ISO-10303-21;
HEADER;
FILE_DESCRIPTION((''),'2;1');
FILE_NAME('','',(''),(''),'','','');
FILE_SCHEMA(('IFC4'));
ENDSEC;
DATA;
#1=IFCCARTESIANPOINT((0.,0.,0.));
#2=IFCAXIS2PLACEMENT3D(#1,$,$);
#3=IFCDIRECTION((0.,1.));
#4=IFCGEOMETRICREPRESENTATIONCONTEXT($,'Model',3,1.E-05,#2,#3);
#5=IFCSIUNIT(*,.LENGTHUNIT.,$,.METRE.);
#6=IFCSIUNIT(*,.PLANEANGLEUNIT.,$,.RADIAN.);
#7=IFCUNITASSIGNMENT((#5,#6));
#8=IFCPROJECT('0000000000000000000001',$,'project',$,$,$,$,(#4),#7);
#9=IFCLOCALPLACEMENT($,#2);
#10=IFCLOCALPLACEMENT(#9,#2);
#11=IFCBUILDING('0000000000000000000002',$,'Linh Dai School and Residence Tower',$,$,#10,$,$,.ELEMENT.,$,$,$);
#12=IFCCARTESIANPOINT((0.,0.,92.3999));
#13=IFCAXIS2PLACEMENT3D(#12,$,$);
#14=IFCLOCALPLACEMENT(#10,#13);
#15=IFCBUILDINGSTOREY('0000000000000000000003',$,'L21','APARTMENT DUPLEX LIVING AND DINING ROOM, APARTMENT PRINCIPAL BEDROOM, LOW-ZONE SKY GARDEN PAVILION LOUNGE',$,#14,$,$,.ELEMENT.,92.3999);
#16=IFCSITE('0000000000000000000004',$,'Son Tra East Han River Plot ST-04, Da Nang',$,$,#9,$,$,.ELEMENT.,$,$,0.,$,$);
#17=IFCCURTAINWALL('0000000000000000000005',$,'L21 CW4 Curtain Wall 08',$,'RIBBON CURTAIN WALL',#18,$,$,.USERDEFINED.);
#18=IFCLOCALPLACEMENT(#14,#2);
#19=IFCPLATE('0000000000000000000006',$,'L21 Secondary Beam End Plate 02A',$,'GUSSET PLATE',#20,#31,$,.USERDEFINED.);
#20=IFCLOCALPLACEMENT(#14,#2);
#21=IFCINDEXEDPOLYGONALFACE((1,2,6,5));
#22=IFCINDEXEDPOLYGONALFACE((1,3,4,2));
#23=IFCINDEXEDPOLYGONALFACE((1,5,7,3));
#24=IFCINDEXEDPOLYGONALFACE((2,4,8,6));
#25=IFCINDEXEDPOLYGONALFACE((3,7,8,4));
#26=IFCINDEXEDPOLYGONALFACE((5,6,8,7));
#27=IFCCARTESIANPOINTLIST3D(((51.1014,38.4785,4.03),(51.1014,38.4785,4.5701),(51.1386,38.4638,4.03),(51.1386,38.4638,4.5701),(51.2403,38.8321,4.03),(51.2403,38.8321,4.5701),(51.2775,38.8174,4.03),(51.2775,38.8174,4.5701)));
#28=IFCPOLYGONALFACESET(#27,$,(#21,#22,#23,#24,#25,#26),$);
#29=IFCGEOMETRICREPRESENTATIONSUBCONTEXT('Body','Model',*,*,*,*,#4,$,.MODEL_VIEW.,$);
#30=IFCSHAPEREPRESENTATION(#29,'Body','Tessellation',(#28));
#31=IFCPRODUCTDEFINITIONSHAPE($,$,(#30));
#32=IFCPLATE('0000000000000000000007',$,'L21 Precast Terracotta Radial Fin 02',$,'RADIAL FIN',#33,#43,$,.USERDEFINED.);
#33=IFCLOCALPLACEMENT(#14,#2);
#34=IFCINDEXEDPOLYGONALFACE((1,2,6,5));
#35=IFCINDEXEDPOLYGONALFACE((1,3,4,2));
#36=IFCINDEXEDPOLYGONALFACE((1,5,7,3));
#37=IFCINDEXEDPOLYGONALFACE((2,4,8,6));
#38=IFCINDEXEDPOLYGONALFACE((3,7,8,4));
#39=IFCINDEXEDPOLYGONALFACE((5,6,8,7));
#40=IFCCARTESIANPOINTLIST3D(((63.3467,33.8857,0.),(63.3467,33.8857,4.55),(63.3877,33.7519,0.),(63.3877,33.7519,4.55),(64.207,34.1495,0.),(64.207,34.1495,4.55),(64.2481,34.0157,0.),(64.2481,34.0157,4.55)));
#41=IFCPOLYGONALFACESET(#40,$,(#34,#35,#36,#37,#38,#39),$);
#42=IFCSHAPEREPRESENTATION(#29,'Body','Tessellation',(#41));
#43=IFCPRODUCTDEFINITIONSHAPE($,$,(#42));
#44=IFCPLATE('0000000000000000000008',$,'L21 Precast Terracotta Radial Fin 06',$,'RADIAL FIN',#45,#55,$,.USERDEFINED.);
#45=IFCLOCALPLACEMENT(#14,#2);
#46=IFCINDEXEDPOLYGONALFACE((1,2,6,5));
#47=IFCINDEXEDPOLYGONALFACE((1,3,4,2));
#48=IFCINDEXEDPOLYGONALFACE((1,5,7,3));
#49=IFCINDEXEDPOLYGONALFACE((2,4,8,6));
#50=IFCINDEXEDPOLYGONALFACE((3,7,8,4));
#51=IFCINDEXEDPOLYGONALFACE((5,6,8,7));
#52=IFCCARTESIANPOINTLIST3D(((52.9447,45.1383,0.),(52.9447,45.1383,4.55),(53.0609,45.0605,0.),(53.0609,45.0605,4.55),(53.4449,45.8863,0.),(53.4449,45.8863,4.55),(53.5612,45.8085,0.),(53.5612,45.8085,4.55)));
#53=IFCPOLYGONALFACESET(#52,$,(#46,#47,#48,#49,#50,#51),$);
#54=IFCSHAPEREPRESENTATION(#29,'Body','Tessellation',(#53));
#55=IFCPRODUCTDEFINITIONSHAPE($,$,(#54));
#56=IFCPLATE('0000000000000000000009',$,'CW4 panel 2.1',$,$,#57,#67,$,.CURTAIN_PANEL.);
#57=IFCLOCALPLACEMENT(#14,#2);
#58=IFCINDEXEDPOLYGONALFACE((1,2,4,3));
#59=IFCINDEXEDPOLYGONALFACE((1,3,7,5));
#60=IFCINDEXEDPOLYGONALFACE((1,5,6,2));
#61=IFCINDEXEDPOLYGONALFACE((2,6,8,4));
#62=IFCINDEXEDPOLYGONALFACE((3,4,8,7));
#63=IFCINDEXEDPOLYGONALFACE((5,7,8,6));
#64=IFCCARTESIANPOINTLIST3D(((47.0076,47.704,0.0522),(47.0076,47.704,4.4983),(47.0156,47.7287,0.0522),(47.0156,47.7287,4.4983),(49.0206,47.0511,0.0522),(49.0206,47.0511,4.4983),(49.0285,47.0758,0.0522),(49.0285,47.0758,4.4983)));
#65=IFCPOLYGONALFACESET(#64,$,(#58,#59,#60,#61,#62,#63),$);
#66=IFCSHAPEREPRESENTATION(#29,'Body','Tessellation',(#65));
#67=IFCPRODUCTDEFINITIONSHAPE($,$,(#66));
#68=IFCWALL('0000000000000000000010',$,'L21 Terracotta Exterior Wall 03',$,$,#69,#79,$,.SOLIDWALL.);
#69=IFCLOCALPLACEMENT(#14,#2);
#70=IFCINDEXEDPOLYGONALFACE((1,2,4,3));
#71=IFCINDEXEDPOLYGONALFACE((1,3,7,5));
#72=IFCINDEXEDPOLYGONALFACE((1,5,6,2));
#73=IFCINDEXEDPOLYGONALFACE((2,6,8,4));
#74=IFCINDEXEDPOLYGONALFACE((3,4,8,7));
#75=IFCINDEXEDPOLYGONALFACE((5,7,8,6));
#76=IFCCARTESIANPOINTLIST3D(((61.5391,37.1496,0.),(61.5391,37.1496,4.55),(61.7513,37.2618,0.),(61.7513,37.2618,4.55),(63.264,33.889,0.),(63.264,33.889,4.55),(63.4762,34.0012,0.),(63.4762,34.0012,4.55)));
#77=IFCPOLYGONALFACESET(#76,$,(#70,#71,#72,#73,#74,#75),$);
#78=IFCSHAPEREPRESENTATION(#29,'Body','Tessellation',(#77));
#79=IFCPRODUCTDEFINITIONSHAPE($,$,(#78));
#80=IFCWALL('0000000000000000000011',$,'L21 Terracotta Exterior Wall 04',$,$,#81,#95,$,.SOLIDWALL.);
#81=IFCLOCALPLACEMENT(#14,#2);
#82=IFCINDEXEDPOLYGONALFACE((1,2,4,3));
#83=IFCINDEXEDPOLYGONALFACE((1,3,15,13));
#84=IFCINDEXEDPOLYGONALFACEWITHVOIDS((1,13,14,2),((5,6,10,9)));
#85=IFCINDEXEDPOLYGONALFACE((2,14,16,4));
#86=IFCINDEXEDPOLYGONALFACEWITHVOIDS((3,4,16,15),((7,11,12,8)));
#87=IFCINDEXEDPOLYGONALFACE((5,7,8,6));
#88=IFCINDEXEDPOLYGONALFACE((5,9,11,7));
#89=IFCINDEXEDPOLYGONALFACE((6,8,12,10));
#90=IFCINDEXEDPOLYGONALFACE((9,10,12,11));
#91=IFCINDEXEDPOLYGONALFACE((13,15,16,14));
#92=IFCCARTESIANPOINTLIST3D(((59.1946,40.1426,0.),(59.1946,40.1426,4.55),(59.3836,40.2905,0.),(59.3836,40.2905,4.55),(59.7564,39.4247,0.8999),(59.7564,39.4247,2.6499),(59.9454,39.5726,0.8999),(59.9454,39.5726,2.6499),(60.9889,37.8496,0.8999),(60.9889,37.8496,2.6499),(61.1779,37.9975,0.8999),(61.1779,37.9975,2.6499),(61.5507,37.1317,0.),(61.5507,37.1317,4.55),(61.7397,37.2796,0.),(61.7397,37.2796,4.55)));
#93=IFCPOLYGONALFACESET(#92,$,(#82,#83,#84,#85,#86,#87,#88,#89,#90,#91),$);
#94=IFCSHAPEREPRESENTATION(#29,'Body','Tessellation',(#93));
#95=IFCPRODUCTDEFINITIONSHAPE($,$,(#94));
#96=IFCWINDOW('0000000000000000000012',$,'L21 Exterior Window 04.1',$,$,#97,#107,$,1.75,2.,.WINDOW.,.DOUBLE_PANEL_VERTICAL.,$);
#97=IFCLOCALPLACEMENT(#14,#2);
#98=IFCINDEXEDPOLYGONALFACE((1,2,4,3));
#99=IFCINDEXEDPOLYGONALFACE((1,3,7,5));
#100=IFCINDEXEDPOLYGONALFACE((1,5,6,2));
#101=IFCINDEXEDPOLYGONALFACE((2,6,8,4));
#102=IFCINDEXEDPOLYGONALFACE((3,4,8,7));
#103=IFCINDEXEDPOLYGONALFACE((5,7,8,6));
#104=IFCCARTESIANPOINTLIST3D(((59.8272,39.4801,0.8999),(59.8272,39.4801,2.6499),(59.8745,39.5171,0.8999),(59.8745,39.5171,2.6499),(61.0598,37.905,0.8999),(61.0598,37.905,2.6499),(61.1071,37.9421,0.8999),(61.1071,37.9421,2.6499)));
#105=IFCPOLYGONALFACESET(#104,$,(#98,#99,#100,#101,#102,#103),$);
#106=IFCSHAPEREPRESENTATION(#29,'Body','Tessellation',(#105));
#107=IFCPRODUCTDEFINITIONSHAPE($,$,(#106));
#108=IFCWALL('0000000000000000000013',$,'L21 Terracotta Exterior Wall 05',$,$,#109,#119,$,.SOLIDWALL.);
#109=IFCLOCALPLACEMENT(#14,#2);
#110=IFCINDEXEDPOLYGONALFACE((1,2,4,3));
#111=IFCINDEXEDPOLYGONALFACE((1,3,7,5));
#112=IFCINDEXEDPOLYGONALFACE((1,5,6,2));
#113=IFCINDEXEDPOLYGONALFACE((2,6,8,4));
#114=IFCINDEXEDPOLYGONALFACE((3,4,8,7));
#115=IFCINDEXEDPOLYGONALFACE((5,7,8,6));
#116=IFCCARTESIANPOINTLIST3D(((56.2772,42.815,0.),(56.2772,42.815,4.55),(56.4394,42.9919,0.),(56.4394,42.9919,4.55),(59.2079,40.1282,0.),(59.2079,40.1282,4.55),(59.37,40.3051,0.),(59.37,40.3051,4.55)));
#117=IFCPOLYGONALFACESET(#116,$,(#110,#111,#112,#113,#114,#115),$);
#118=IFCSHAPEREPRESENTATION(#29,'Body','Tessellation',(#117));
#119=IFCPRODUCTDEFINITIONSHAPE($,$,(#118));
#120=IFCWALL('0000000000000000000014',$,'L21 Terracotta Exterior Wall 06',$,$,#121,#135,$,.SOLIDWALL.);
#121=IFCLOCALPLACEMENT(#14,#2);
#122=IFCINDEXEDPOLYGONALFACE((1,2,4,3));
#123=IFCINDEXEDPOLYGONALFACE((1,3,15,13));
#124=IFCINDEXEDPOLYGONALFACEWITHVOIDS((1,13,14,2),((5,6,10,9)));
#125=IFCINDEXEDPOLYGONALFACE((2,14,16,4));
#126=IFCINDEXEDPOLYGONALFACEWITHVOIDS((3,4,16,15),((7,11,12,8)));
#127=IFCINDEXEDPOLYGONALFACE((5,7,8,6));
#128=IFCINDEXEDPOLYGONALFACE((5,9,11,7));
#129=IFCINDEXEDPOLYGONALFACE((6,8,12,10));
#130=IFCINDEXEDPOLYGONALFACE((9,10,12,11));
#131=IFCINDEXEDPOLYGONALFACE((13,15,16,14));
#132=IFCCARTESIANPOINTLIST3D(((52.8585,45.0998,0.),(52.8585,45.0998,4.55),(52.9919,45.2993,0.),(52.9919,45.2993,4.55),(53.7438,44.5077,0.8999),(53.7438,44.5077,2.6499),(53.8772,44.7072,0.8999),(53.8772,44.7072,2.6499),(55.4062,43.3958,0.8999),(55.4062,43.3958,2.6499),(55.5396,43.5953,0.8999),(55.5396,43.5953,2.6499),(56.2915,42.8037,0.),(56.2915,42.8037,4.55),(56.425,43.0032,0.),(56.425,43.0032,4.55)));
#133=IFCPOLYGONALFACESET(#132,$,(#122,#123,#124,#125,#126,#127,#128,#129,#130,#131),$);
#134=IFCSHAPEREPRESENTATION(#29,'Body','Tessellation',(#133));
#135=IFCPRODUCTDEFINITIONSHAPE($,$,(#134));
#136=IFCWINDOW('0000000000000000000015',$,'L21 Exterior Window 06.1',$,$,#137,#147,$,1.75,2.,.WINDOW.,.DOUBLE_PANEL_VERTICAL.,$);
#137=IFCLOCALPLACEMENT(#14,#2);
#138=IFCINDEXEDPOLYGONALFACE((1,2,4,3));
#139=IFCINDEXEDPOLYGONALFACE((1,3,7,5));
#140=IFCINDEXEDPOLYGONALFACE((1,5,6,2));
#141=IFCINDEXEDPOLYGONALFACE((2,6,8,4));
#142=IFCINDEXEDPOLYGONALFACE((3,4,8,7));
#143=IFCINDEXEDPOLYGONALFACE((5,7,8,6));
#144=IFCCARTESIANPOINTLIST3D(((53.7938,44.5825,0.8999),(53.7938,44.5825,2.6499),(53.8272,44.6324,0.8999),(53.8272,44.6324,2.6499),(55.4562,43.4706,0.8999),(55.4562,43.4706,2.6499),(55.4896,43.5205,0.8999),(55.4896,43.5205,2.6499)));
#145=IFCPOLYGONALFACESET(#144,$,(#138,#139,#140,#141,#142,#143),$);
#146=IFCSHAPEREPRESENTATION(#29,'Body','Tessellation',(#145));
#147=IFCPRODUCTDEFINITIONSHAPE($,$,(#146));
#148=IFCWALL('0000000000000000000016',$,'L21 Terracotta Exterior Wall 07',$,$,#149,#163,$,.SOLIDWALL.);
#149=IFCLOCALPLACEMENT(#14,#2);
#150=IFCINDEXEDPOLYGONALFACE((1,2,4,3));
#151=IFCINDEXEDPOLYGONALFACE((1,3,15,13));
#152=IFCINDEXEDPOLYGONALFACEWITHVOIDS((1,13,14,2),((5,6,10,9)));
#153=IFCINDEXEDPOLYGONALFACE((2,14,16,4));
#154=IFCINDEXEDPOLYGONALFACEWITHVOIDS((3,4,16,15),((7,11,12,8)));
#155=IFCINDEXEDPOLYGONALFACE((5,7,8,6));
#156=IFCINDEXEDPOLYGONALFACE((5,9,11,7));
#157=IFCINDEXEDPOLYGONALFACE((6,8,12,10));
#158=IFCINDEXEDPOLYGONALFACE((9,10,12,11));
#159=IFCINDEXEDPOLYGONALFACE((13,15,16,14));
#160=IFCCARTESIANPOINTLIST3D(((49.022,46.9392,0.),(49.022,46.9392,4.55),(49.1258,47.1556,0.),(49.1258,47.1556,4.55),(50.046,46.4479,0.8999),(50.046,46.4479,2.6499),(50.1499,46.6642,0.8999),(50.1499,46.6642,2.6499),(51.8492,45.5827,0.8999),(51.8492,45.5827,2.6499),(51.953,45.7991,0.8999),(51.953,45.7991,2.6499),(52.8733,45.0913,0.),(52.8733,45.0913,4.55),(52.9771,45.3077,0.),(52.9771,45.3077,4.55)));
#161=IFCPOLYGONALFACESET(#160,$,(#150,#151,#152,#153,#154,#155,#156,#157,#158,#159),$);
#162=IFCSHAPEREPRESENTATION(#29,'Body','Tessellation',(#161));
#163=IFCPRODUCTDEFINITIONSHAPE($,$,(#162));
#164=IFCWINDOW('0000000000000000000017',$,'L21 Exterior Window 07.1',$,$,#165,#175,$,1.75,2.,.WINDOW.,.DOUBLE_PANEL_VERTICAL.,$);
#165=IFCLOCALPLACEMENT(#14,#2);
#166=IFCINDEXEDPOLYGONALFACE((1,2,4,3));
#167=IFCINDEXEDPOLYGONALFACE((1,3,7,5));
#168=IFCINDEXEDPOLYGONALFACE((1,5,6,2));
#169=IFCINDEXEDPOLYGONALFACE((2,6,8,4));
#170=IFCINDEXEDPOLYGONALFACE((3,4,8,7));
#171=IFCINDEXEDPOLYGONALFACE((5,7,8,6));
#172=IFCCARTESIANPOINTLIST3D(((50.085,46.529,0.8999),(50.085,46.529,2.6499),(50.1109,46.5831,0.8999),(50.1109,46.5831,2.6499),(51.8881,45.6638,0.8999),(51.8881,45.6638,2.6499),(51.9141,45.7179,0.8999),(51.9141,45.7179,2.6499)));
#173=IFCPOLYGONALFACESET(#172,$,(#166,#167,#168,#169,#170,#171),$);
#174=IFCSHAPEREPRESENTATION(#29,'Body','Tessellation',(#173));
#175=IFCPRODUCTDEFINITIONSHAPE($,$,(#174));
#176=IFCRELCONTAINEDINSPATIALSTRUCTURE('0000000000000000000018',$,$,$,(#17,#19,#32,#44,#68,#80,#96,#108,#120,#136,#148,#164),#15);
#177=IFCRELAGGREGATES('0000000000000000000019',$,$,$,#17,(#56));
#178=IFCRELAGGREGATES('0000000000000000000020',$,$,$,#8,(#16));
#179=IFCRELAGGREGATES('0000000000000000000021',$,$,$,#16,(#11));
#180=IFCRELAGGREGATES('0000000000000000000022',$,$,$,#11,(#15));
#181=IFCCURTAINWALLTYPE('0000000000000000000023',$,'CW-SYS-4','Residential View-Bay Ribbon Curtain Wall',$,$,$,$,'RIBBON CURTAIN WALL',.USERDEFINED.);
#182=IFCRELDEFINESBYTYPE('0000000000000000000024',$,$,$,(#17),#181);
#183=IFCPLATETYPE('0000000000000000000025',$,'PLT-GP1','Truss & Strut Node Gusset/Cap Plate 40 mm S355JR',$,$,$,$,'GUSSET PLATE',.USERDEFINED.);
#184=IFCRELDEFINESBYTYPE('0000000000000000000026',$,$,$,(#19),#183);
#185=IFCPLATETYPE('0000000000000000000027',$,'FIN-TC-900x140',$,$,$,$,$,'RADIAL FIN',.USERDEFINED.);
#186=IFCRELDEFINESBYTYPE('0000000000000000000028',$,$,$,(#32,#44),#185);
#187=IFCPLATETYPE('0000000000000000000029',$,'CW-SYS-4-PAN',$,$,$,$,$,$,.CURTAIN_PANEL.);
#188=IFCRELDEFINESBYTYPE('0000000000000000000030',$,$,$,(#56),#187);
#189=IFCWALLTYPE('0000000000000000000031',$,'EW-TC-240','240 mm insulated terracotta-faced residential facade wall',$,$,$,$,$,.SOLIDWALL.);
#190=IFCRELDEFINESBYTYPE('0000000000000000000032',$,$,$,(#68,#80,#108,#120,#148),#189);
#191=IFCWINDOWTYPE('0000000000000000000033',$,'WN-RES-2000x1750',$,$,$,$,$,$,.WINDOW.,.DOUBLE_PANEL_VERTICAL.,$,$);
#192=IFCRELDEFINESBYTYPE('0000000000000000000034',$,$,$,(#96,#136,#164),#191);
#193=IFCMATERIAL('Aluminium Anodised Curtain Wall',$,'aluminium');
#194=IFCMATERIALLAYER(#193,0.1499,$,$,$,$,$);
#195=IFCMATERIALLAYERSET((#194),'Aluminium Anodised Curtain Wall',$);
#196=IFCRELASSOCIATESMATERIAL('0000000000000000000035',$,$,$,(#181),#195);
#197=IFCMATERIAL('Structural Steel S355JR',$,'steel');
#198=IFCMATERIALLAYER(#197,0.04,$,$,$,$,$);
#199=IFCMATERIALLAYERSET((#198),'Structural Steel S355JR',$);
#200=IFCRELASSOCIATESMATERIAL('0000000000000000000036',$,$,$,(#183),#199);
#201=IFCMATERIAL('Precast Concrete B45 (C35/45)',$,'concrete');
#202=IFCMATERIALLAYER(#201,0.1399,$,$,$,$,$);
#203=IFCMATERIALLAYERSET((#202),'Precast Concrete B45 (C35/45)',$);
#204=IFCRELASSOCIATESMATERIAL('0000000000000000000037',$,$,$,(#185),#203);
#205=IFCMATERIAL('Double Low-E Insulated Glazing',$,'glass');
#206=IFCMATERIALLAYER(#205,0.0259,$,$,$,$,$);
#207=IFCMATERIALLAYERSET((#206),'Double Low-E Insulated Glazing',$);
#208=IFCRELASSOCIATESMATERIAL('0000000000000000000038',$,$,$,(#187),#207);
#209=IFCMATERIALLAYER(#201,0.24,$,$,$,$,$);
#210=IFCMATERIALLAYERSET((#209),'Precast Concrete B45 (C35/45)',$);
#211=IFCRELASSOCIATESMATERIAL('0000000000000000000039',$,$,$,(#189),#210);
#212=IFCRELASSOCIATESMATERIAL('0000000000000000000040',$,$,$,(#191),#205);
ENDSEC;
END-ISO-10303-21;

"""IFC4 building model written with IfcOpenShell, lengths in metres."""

from ifc_helpers import new_model, si_unit, direction, frame, frame_2d, origin, origin_2d, place, context, subcontext, project, spatial, rectangle, extrude, source, transform, mapped, material, layer, layer_set, type_object, element, fill, aggregate, save


model = new_model("IFC4")

# Units and contexts
model_context = context("Model", 3, precision=1e-05, world=origin(), true_north=direction((0.0, 1.0)))
body_context = subcontext(model_context, "Body", "Model", "MODEL_VIEW")
ifc_project = project(units=[si_unit("LENGTHUNIT", "METRE"), si_unit("PLANEANGLEUNIT", "RADIAN")], contexts=[model_context])

# Site, building, storey
site_placement = place(None, origin())
site = spatial("IfcSite", under=ifc_project, at=site_placement, Name="Son Tra East Han River Plot ST-04, Da Nang", CompositionType="ELEMENT", RefElevation=0.0)
building_placement = place(site_placement, origin())
building = spatial("IfcBuilding", under=site, at=building_placement, Name="Linh Dai School and Residence Tower", CompositionType="ELEMENT")
storey_placement = place(building_placement, frame((0.0, 0.0, 92.3999)))
storey = spatial("IfcBuildingStorey", under=building, at=storey_placement, Name="L21", Description="APARTMENT DUPLEX LIVING AND DINING ROOM, APARTMENT PRINCIPAL BEDROOM, LOW-ZONE SKY GARDEN PAVILION LOUNGE", CompositionType="ELEMENT", Elevation=92.3999)

# Shared definitions
ifc_material_1 = material(Name="Structural Steel S355JR", Category="steel")

# Curtain wall
ifc_material_2 = material(Name="Aluminium Anodised Curtain Wall", Category="aluminium")
ifc_layer_1 = layer(ifc_material_2, 0.1499)
ifc_layer_set_1 = layer_set([ifc_layer_1], Name="Aluminium Anodised Curtain Wall")
curtain_wall_type = type_object("IfcCurtainWallType", Name="CW-SYS-4", Description="Residential View-Bay Ribbon Curtain Wall", ElementType="RIBBON CURTAIN WALL", PredefinedType="USERDEFINED", material=ifc_layer_set_1)
curtain_wall_placement = place(storey_placement, origin())
curtain_wall = element("IfcCurtainWall", 1, at=curtain_wall_placement, inside=storey, type_object=curtain_wall_type, Name="L21 CW4 Curtain Wall 08", ObjectType="RIBBON CURTAIN WALL", PredefinedType="USERDEFINED")

# Plates
ifc_layer_2 = layer(ifc_material_1, 0.04)
ifc_layer_set_2 = layer_set([ifc_layer_2], Name="Structural Steel S355JR")
plate_type_1 = type_object("IfcPlateType", Name="PLT-GP1", Description="Truss & Strut Node Gusset/Cap Plate 40 mm S355JR", ElementType="GUSSET PLATE", PredefinedType="USERDEFINED", material=ifc_layer_set_2)
shared_shape_1 = source(origin(), body_context, "Body", "SweptSolid", [
    extrude(rectangle(XDim=0.04, YDim=0.3799, at=origin_2d()), origin(), (0.0, 0.0, 1.0), 0.54),
])
plate_1_placement = place(storey_placement, frame((51.1895, 38.6479, 4.03), z_axis=(0.0, 0.0, 1.0), x_axis=(-0.930752, 0.36565, 0.0)))
element("IfcPlate", 2, at=plate_1_placement, inside=storey, type_object=plate_type_1, Name="L21 Secondary Beam End Plate 02A", ObjectType="GUSSET PLATE", PredefinedType="USERDEFINED", context=body_context, shape_type="MappedRepresentation", body=[
    mapped(shared_shape_1, transform((0.0, 0.0, 0.0), x_axis=(1.0, 0.0, 0.0), y_axis=(0.0, 1.0, 0.0), z_axis=(0.0, 0.0, 1.0), scale=1.0)),
])
ifc_material_3 = material(Name="Precast Concrete B45 (C35/45)", Category="concrete")
ifc_layer_3 = layer(ifc_material_3, 0.1399)
ifc_layer_set_3 = layer_set([ifc_layer_3], Name="Precast Concrete B45 (C35/45)")
plate_type_2 = type_object("IfcPlateType", Name="FIN-TC-900x140", ElementType="RADIAL FIN", PredefinedType="USERDEFINED", material=ifc_layer_set_3)
shared_shape_2 = source(origin(), body_context, "Body", "SweptSolid", [
    extrude(rectangle(XDim=0.8999, YDim=0.1399, at=origin_2d()), origin(), (0.0, 0.0, 1.0), 4.55),
])
for number, where, z_axis, x_axis, name in (
    (3, (63.7974, 33.9507, 0.0), (0.0, 0.0, 1.0), (0.956072, 0.293134, 0.0), "L21 Precast Terracotta Radial Fin 02"),
    (4, (53.2529, 45.4734, 0.0), (0.0, 0.0, 1.0), (0.555913, 0.83124, 0.0), "L21 Precast Terracotta Radial Fin 06"),
):
    element("IfcPlate", number, at=place(storey_placement, frame(where, z_axis=z_axis, x_axis=x_axis)), inside=storey, type_object=plate_type_2, Name=name, ObjectType="RADIAL FIN", PredefinedType="USERDEFINED", context=body_context, shape_type="MappedRepresentation", body=[
        mapped(shared_shape_2, transform((0.0, 0.0, 0.0), x_axis=(1.0, 0.0, 0.0), y_axis=(0.0, 1.0, 0.0), z_axis=(0.0, 0.0, 1.0), scale=1.0)),
    ])

# Plate
ifc_material_4 = material(Name="Double Low-E Insulated Glazing", Category="glass")
ifc_layer_4 = layer(ifc_material_4, 0.0259)
ifc_layer_set_4 = layer_set([ifc_layer_4], Name="Double Low-E Insulated Glazing")
plate_type_3 = type_object("IfcPlateType", Name="CW-SYS-4-PAN", PredefinedType="CURTAIN_PANEL", material=ifc_layer_set_4)
shared_shape_3 = source(origin(), body_context, "Body", "SweptSolid", [
    extrude(rectangle(XDim=2.1162, YDim=0.0259, at=origin_2d()), origin(), (0.0, 0.0, 1.0), 4.446),
])
plate_2_placement = place(storey_placement, frame((48.0181, 47.3899, 0.0522), z_axis=(0.0, 0.0, 1.0), x_axis=(0.951217, -0.308522, 0.0)))
plate_2 = element("IfcPlate", 5, at=plate_2_placement, type_object=plate_type_3, Name="CW4 panel 2.1", PredefinedType="CURTAIN_PANEL", context=body_context, shape_type="MappedRepresentation", body=[
    mapped(shared_shape_3, transform((0.0, 0.0, 0.0), x_axis=(1.0, 0.0, 0.0), y_axis=(0.0, 1.0, 0.0), z_axis=(0.0, 0.0, 1.0), scale=1.0)),
])
aggregate(curtain_wall, [plate_2])

# Wall
ifc_layer_5 = layer(ifc_material_3, 0.24)
ifc_layer_set_5 = layer_set([ifc_layer_5], Name="Precast Concrete B45 (C35/45)")
wall_type_1 = type_object("IfcWallType", Name="EW-TC-240", Description="240 mm insulated terracotta-faced residential facade wall", PredefinedType="SOLIDWALL", material=ifc_layer_set_5)
wall_1_placement = place(storey_placement, frame((61.6453, 37.2056, 0.0), z_axis=(0.0, 0.0, 1.0), x_axis=(0.467614, -0.883933, 0.0)))
element("IfcWall", 6, at=wall_1_placement, inside=storey, type_object=wall_type_1, Name="L21 Terracotta Exterior Wall 03", PredefinedType="SOLIDWALL", context=body_context, shape_type="SweptSolid", body=[
    extrude(rectangle(XDim=3.6887, YDim=0.24, at=frame_2d((1.8442, 0.0))), origin(), (0.0, 0.0, 1.0), 4.55),
])

# Wall, opening, window
wall_2_placement = place(storey_placement, frame((59.2891, 40.2166, 0.0), z_axis=(0.0, 0.0, 1.0), x_axis=(0.616272, -0.787533, 0.0)))
wall_2 = element("IfcWall", 7, at=wall_2_placement, inside=storey, type_object=wall_type_1, Name="L21 Terracotta Exterior Wall 04", PredefinedType="SOLIDWALL", context=body_context, shape_type="SweptSolid", body=[
    extrude(rectangle(XDim=3.8232, YDim=0.24, at=frame_2d((1.9116, 0.0))), origin(), (0.0, 0.0, 1.0), 4.55),
])
opening_1_placement = place(wall_2_placement, frame((0.9116, 0.0, 0.8999)))
opening_1 = element("IfcOpeningElement", 8, at=opening_1_placement, cuts=wall_2, PredefinedType="OPENING", context=body_context, shape_type="SweptSolid", body=[
    extrude(rectangle(XDim=2.0, YDim=1.75, at=origin_2d()), frame((1.0, 0.1299, 0.875), z_axis=(0.0, -1.0, 0.0), x_axis=(1.0, 0.0, 0.0)), (0.0, 0.0, 1.0), 0.26),
])
window_type = type_object("IfcWindowType", Name="WN-RES-2000x1750", PartitioningType="DOUBLE_PANEL_VERTICAL", PredefinedType="WINDOW", material=ifc_material_4)
shared_shape_4 = source(origin(), body_context, "Body", "SweptSolid", [
    extrude(rectangle(XDim=2.0, YDim=1.75, at=origin_2d()), frame((1.0, 0.03, 0.875), z_axis=(0.0, -1.0, 0.0), x_axis=(1.0, 0.0, 0.0)), (0.0, 0.0, 1.0), 0.0601),
])
window_1_placement = place(opening_1_placement, origin())
window_1 = element("IfcWindow", 9, at=window_1_placement, inside=storey, type_object=window_type, Name="L21 Exterior Window 04.1", OverallHeight=1.75, OverallWidth=2.0, PartitioningType="DOUBLE_PANEL_VERTICAL", PredefinedType="WINDOW", context=body_context, shape_type="MappedRepresentation", body=[
    mapped(shared_shape_4, transform((0.0, 0.0, 0.0), x_axis=(1.0, 0.0, 0.0), y_axis=(0.0, 1.0, 0.0), z_axis=(0.0, 0.0, 1.0), scale=1.0)),
])
fill(opening_1, window_1)

# Wall
wall_3_placement = place(storey_placement, frame((56.3584, 42.9033, 0.0), z_axis=(0.0, 0.0, 1.0), x_axis=(0.737113, -0.675769, 0.0)))
element("IfcWall", 10, at=wall_3_placement, inside=storey, type_object=wall_type_1, Name="L21 Terracotta Exterior Wall 05", PredefinedType="SOLIDWALL", context=body_context, shape_type="SweptSolid", body=[
    extrude(rectangle(XDim=3.9758, YDim=0.24, at=frame_2d((1.9878, 0.0))), origin(), (0.0, 0.0, 1.0), 4.55),
])

# Walls, openings, windows
wall_4_placement = place(storey_placement, frame((52.9253, 45.1995, 0.0), z_axis=(0.0, 0.0, 1.0), x_axis=(0.831222, -0.555941, 0.0)))
wall_4 = element("IfcWall", 11, at=wall_4_placement, inside=storey, type_object=wall_type_1, Name="L21 Terracotta Exterior Wall 06", PredefinedType="SOLIDWALL", context=body_context, shape_type="SweptSolid", body=[
    extrude(rectangle(XDim=4.1301, YDim=0.24, at=frame_2d((2.0649, 0.0))), origin(), (0.0, 0.0, 1.0), 4.55),
])
opening_2_placement = place(wall_4_placement, frame((1.0649, 0.0, 0.8999)))
opening_2 = element("IfcOpeningElement", 12, at=opening_2_placement, cuts=wall_4, PredefinedType="OPENING", context=body_context, shape_type="SweptSolid", body=[
    extrude(rectangle(XDim=2.0, YDim=1.75, at=origin_2d()), frame((1.0, 0.1299, 0.875), z_axis=(0.0, -1.0, 0.0), x_axis=(1.0, 0.0, 0.0)), (0.0, 0.0, 1.0), 0.26),
])
window_2_placement = place(opening_2_placement, origin())
window_2 = element("IfcWindow", 13, at=window_2_placement, inside=storey, type_object=window_type, Name="L21 Exterior Window 06.1", OverallHeight=1.75, OverallWidth=2.0, PartitioningType="DOUBLE_PANEL_VERTICAL", PredefinedType="WINDOW", context=body_context, shape_type="MappedRepresentation", body=[
    mapped(shared_shape_4, transform((0.0, 0.0, 0.0), x_axis=(1.0, 0.0, 0.0), y_axis=(0.0, 1.0, 0.0), z_axis=(0.0, 0.0, 1.0), scale=1.0)),
])
fill(opening_2, window_2)
wall_5_placement = place(storey_placement, frame((49.074, 47.0474, 0.0), z_axis=(0.0, 0.0, 1.0), x_axis=(0.90159, -0.432592, 0.0)))
wall_5 = element("IfcWall", 14, at=wall_5_placement, inside=storey, type_object=wall_type_1, Name="L21 Terracotta Exterior Wall 07", PredefinedType="SOLIDWALL", context=body_context, shape_type="SweptSolid", body=[
    extrude(rectangle(XDim=4.2717, YDim=0.24, at=frame_2d((2.1357, 0.0))), origin(), (0.0, 0.0, 1.0), 4.55),
])
opening_3_placement = place(wall_5_placement, frame((1.1357, 0.0, 0.8999)))
opening_3 = element("IfcOpeningElement", 15, at=opening_3_placement, cuts=wall_5, PredefinedType="OPENING", context=body_context, shape_type="SweptSolid", body=[
    extrude(rectangle(XDim=2.0, YDim=1.75, at=origin_2d()), frame((1.0, 0.1299, 0.875), z_axis=(0.0, -1.0, 0.0), x_axis=(1.0, 0.0, 0.0)), (0.0, 0.0, 1.0), 0.26),
])
window_3_placement = place(opening_3_placement, origin())
window_3 = element("IfcWindow", 16, at=window_3_placement, inside=storey, type_object=window_type, Name="L21 Exterior Window 07.1", OverallHeight=1.75, OverallWidth=2.0, PartitioningType="DOUBLE_PANEL_VERTICAL", PredefinedType="WINDOW", context=body_context, shape_type="MappedRepresentation", body=[
    mapped(shared_shape_4, transform((0.0, 0.0, 0.0), x_axis=(1.0, 0.0, 0.0), y_axis=(0.0, 1.0, 0.0), z_axis=(0.0, 0.0, 1.0), scale=1.0)),
])
fill(opening_3, window_3)

save(model, "model.ifc")
